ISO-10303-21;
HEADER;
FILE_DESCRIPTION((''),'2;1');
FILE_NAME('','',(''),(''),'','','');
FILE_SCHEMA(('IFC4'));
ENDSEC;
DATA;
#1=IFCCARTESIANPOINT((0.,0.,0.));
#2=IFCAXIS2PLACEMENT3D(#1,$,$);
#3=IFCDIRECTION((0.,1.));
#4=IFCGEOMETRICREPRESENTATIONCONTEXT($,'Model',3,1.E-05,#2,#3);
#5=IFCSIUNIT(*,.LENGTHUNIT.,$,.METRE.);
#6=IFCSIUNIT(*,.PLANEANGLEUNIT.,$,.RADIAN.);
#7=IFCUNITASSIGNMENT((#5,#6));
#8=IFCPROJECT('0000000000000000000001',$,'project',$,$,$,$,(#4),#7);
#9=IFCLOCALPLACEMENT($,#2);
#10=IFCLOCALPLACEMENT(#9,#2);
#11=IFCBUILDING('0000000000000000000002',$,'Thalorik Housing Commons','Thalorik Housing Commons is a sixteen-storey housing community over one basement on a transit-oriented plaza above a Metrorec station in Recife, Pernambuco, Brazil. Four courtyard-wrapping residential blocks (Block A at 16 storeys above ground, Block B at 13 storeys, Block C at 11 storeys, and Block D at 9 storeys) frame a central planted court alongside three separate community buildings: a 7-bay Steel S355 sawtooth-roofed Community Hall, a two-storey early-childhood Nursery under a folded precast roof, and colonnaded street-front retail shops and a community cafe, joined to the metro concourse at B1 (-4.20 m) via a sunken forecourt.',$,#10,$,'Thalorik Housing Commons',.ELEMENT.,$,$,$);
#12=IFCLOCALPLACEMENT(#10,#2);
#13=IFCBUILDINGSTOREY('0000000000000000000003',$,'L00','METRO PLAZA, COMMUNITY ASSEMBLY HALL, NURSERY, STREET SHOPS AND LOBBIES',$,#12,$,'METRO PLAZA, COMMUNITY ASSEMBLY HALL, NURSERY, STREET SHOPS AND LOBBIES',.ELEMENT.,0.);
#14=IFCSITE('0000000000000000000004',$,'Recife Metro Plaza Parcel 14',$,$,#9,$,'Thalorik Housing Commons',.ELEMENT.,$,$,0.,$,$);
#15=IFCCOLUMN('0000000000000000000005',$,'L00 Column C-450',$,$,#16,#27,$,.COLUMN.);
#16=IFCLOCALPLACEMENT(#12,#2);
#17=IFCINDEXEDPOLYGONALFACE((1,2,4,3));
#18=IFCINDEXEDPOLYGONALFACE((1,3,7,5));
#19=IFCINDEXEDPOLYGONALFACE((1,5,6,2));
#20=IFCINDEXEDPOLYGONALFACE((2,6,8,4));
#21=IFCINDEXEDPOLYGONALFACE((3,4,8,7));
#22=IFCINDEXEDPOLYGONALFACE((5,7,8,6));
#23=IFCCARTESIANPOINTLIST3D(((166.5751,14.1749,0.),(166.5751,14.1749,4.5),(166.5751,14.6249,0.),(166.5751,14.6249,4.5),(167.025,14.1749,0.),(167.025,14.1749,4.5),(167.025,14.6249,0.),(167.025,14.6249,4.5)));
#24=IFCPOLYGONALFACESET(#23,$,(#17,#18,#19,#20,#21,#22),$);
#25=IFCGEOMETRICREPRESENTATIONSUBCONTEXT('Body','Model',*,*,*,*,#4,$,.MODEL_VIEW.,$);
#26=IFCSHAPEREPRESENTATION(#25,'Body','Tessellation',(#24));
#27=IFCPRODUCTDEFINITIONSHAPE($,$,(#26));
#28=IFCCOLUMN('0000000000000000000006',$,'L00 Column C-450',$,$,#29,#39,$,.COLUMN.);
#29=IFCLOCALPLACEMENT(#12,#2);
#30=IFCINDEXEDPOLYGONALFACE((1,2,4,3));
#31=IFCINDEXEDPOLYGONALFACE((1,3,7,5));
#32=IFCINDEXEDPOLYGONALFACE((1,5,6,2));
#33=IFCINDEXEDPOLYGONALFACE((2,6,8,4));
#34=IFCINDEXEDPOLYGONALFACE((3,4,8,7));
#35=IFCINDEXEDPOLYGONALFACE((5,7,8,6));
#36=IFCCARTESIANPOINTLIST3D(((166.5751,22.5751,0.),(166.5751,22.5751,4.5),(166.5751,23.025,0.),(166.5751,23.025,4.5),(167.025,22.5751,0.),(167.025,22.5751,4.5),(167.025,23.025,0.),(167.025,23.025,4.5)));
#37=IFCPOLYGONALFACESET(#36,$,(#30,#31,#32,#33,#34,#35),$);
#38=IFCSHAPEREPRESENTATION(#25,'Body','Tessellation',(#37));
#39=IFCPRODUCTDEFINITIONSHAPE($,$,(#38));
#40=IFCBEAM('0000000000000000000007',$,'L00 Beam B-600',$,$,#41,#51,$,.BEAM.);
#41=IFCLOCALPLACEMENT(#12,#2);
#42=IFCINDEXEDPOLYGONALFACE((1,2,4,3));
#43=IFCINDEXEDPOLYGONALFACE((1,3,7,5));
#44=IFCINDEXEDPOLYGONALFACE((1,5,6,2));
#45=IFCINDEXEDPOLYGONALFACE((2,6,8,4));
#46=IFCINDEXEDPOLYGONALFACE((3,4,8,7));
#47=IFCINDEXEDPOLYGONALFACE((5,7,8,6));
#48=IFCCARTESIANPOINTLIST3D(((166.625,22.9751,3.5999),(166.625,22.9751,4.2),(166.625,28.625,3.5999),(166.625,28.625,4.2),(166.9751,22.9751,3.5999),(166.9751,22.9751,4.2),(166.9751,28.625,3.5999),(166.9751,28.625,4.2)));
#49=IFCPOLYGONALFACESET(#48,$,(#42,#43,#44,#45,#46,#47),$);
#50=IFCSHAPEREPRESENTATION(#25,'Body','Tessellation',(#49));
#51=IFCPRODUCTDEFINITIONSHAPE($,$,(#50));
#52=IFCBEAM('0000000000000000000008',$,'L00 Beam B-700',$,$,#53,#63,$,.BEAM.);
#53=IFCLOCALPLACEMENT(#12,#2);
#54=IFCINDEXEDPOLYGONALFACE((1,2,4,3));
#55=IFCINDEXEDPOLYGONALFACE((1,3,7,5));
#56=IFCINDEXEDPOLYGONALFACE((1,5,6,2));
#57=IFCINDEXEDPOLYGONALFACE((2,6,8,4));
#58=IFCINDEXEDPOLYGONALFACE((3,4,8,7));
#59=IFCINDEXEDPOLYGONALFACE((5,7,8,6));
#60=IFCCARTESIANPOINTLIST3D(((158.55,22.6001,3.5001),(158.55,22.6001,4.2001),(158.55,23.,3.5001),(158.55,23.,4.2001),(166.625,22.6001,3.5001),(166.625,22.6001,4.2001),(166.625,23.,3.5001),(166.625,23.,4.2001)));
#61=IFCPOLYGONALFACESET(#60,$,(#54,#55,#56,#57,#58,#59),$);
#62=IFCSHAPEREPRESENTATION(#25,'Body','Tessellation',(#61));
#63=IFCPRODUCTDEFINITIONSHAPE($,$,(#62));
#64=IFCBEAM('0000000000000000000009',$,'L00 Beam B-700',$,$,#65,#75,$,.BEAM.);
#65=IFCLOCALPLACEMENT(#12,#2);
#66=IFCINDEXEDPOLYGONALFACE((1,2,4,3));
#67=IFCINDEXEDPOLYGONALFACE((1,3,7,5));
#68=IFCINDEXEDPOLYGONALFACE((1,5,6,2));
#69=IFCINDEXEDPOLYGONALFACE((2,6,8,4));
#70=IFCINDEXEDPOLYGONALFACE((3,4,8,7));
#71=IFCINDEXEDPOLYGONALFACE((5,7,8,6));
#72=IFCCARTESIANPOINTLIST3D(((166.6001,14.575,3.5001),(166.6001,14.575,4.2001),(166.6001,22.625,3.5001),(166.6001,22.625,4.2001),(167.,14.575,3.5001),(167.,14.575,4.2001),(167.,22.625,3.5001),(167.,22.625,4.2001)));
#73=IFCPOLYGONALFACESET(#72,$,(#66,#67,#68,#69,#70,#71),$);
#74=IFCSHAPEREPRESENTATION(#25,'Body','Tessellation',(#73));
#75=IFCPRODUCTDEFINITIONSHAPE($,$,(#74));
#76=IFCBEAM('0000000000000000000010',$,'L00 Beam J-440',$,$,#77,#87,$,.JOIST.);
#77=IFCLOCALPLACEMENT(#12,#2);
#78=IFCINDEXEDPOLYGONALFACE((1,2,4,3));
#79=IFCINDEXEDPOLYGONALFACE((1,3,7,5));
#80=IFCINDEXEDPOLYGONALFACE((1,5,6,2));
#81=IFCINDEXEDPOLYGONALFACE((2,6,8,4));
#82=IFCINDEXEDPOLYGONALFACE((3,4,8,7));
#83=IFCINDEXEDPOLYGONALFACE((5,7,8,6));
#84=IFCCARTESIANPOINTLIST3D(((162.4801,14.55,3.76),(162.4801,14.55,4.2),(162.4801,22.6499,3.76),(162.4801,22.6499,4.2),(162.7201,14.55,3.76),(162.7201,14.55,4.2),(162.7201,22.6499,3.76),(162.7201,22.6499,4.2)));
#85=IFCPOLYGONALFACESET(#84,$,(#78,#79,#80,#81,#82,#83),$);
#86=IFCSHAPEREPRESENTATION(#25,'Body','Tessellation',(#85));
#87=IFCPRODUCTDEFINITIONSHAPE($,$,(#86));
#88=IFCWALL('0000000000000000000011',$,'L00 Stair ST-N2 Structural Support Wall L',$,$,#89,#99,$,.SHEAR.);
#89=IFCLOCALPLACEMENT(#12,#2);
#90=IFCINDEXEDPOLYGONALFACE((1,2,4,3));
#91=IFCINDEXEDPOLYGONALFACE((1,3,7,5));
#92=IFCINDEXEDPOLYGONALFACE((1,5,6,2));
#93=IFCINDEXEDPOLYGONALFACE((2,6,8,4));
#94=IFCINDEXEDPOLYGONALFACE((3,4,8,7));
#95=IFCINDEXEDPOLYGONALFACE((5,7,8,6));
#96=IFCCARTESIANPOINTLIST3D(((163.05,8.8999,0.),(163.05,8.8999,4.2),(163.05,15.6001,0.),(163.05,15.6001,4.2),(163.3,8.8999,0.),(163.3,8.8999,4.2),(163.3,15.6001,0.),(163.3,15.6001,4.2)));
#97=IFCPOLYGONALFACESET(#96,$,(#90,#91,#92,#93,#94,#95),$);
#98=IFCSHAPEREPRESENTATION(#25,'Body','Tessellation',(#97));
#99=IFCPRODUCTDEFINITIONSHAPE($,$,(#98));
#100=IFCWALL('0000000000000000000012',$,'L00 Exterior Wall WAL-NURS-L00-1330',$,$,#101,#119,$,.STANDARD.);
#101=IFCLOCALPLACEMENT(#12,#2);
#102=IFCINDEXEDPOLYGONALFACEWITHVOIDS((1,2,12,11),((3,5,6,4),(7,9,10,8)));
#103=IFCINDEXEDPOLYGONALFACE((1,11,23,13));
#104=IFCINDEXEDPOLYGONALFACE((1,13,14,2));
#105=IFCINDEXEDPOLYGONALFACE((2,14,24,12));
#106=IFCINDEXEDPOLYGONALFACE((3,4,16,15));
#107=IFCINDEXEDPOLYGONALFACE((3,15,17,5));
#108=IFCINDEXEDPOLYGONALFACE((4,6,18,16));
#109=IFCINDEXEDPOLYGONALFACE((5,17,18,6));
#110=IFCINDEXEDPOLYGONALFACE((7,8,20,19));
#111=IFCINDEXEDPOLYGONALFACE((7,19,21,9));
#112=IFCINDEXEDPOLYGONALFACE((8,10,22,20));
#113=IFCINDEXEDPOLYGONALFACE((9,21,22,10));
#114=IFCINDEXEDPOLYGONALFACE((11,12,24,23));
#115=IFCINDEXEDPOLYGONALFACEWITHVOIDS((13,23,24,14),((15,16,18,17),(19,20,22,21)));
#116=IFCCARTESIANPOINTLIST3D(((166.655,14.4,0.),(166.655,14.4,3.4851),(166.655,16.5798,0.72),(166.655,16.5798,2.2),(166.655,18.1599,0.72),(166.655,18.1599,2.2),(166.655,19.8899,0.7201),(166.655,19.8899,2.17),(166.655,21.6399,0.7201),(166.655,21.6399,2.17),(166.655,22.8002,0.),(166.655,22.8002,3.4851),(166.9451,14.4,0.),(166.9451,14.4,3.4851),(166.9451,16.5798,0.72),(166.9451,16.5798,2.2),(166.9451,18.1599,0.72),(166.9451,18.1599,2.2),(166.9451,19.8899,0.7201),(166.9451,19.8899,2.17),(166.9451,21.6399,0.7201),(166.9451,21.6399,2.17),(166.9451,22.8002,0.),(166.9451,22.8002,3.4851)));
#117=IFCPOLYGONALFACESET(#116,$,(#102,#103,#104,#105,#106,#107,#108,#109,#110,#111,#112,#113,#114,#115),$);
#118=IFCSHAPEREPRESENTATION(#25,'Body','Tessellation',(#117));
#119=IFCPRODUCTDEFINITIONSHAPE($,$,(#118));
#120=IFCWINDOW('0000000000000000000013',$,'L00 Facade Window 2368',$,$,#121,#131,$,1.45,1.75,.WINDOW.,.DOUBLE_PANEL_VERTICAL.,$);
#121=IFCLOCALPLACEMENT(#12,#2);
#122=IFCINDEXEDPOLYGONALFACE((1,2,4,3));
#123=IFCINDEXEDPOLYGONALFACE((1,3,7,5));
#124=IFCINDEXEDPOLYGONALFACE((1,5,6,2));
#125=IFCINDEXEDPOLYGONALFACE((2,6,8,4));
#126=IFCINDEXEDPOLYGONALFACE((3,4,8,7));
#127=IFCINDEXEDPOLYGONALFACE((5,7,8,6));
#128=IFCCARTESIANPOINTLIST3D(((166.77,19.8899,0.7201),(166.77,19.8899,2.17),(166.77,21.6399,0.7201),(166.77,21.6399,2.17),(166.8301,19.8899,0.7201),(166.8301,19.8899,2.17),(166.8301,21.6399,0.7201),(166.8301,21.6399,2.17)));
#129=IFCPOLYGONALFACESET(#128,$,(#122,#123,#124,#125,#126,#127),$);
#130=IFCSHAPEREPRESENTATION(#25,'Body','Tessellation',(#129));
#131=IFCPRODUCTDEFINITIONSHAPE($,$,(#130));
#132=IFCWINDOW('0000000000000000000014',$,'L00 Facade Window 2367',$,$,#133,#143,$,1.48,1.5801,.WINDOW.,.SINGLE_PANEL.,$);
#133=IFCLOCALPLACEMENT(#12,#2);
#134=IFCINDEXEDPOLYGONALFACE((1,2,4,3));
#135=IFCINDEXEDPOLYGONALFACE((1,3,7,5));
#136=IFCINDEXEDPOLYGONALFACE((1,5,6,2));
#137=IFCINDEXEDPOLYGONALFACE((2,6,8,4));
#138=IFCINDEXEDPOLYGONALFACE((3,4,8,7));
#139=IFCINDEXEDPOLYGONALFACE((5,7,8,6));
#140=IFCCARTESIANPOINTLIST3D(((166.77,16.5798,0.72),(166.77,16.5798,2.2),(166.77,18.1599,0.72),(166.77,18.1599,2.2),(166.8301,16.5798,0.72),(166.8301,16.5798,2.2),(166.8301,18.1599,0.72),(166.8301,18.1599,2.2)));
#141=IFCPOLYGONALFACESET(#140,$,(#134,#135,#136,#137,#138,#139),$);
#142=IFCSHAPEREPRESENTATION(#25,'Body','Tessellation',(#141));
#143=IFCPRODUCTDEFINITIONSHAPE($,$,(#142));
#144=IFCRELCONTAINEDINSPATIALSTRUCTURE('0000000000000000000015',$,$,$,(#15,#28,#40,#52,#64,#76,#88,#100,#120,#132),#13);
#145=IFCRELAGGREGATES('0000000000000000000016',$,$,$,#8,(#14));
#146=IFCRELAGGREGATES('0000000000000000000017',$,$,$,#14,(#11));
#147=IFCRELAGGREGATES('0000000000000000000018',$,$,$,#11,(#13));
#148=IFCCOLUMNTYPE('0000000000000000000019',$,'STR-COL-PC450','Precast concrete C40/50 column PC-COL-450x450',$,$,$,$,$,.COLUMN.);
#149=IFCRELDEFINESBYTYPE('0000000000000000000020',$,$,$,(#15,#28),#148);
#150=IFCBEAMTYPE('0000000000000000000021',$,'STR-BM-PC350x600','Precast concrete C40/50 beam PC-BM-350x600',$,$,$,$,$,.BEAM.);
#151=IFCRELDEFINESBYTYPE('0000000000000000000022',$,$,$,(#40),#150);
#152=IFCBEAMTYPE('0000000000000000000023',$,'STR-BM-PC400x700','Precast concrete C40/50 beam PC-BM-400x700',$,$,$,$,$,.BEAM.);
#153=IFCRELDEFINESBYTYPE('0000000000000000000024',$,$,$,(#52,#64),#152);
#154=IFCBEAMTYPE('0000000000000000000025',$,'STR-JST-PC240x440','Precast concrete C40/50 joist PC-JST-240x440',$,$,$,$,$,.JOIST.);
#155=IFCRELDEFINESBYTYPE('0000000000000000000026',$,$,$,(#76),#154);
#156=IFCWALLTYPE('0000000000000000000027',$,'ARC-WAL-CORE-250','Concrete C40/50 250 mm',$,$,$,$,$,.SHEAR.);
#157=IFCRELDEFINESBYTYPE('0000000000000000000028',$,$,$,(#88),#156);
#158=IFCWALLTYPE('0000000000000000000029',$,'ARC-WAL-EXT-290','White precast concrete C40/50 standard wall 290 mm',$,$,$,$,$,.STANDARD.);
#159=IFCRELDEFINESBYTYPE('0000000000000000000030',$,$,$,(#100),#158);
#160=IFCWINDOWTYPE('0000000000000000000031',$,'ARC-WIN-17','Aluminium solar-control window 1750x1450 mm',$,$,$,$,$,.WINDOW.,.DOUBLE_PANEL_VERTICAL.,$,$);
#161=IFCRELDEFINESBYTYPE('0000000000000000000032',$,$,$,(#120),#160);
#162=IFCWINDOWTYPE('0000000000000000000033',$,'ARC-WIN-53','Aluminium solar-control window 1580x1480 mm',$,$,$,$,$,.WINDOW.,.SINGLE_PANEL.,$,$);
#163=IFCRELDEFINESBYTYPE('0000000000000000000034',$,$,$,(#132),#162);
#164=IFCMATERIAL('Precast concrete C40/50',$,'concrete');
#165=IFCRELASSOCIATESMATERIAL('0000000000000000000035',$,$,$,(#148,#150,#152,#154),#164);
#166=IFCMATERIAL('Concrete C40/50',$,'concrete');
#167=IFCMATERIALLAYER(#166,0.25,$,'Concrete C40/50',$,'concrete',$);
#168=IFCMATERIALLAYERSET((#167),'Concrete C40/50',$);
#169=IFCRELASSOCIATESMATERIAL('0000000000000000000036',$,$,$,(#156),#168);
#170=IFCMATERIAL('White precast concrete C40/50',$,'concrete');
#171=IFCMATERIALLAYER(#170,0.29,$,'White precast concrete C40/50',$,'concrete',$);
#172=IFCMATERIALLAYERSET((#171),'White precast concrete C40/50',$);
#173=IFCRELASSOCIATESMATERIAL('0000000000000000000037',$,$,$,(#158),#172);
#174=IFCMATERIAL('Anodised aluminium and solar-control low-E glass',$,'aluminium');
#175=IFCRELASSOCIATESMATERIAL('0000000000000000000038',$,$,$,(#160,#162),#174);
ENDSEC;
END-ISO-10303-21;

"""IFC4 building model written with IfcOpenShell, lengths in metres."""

from ifc_helpers import new_model, si_unit, direction, frame, frame_2d, origin, origin_2d, place, context, subcontext, project, spatial, rectangle, extrude, material, layer, layer_set, material_profile, profile_set, type_object, element, fill, save


model = new_model("IFC4")

# Units and contexts
model_context = context("Model", 3, precision=1e-05, world=origin(), true_north=direction((0.0, 1.0)))
body_context = subcontext(model_context, "Body", "Model", "MODEL_VIEW")
ifc_project = project(units=[si_unit("LENGTHUNIT", "METRE"), si_unit("PLANEANGLEUNIT", "RADIAN")], contexts=[model_context])

# Site, building, storey
site_placement = place(None, origin())
site = spatial("IfcSite", under=ifc_project, at=site_placement, Name="Recife Metro Plaza Parcel 14", LongName="Thalorik Housing Commons", CompositionType="ELEMENT", RefElevation=0.0)
building_placement = place(site_placement, origin())
building = spatial("IfcBuilding", under=site, at=building_placement, Name="Thalorik Housing Commons", Description="Thalorik Housing Commons is a sixteen-storey housing community over one basement on a transit-oriented plaza above a Metrorec station in Recife, Pernambuco, Brazil. Four courtyard-wrapping residential blocks (Block A at 16 storeys above ground, Block B at 13 storeys, Block C at 11 storeys, and Block D at 9 storeys) frame a central planted court alongside three separate community buildings: a 7-bay Steel S355 sawtooth-roofed Community Hall, a two-storey early-childhood Nursery under a folded precast roof, and colonnaded street-front retail shops and a community cafe, joined to the metro concourse at B1 (-4.20 m) via a sunken forecourt.", LongName="Thalorik Housing Commons", CompositionType="ELEMENT")
storey_placement = place(building_placement, origin())
storey = spatial("IfcBuildingStorey", under=building, at=storey_placement, Name="L00", Description="METRO PLAZA, COMMUNITY ASSEMBLY HALL, NURSERY, STREET SHOPS AND LOBBIES", LongName="METRO PLAZA, COMMUNITY ASSEMBLY HALL, NURSERY, STREET SHOPS AND LOBBIES", CompositionType="ELEMENT", Elevation=0.0)

# Columns
ifc_material_1 = material(Name="Precast concrete C40/50", Category="concrete")
ifc_material_profile_1 = material_profile(ifc_material_1, rectangle(XDim=0.45, YDim=0.45, at=origin_2d()), Name="PC 450x450", Category="concrete")
ifc_profile_set_1 = profile_set([ifc_material_profile_1], Name="Precast concrete C40/50")
column_type = type_object("IfcColumnType", Name="STR-COL-PC450", Description="Precast concrete C40/50 column PC-COL-450x450", PredefinedType="COLUMN", material=ifc_profile_set_1)
for number, where, z_axis, x_axis, name in (
    (1, (166.8, 14.3999, 0.0), (0.0, 0.0, 1.0), (1.0, 0.0, 0.0), "L00 Column C-450"),
    (2, (166.8, 22.8, 0.0), (0.0, 0.0, 1.0), (1.0, 0.0, 0.0), "L00 Column C-450"),
):
    element("IfcColumn", number, at=place(storey_placement, frame(where, z_axis=z_axis, x_axis=x_axis)), inside=storey, type_object=column_type, Name=name, PredefinedType="COLUMN", context=body_context, shape_type="SweptSolid", body=[
        extrude(rectangle(XDim=0.45, YDim=0.45, at=origin_2d()), origin(), (0.0, 0.0, 1.0), 4.5),
    ])

# Beams
ifc_material_profile_2 = material_profile(ifc_material_1, rectangle(XDim=0.3501, YDim=0.6001, at=origin_2d()), Name="PC 350x600", Category="concrete")
ifc_profile_set_2 = profile_set([ifc_material_profile_2], Name="Precast concrete C40/50")
beam_type_1 = type_object("IfcBeamType", Name="STR-BM-PC350x600", Description="Precast concrete C40/50 beam PC-BM-350x600", PredefinedType="BEAM", material=ifc_profile_set_2)
beam_1_placement = place(storey_placement, frame((166.8, 22.9751, 3.8999), z_axis=(0.0, 1.0, 0.0), x_axis=(-1.0, 0.0, 0.0)))
element("IfcBeam", 3, at=beam_1_placement, inside=storey, type_object=beam_type_1, Name="L00 Beam B-600", PredefinedType="BEAM", context=body_context, shape_type="SweptSolid", body=[
    extrude(rectangle(XDim=0.3501, YDim=0.6001, at=origin_2d()), origin(), (0.0, 0.0, 1.0), 5.6499),
])
ifc_material_profile_3 = material_profile(ifc_material_1, rectangle(XDim=0.3999, YDim=0.7, at=origin_2d()), Name="PC 400x700", Category="concrete")
ifc_profile_set_3 = profile_set([ifc_material_profile_3], Name="Precast concrete C40/50")
beam_type_2 = type_object("IfcBeamType", Name="STR-BM-PC400x700", Description="Precast concrete C40/50 beam PC-BM-400x700", PredefinedType="BEAM", material=ifc_profile_set_3)
beam_2_placement = place(storey_placement, frame((158.55, 22.8, 3.8501), z_axis=(1.0, 0.0, 0.0), x_axis=(0.0, 1.0, 0.0)))
element("IfcBeam", 4, at=beam_2_placement, inside=storey, type_object=beam_type_2, Name="L00 Beam B-700", PredefinedType="BEAM", context=body_context, shape_type="SweptSolid", body=[
    extrude(rectangle(XDim=0.3999, YDim=0.7, at=origin_2d()), origin(), (0.0, 0.0, 1.0), 8.075),
])
beam_3_placement = place(storey_placement, frame((166.8, 14.575, 3.8501), z_axis=(0.0, 1.0, 0.0), x_axis=(-1.0, 0.0, 0.0)))
element("IfcBeam", 5, at=beam_3_placement, inside=storey, type_object=beam_type_2, Name="L00 Beam B-700", PredefinedType="BEAM", context=body_context, shape_type="SweptSolid", body=[
    extrude(rectangle(XDim=0.3999, YDim=0.7, at=origin_2d()), origin(), (0.0, 0.0, 1.0), 8.05),
])
ifc_material_profile_4 = material_profile(ifc_material_1, rectangle(XDim=0.24, YDim=0.4399, at=origin_2d()), Name="PC JST 240x440", Category="concrete")
ifc_profile_set_4 = profile_set([ifc_material_profile_4], Name="Precast concrete C40/50")
beam_type_3 = type_object("IfcBeamType", Name="STR-JST-PC240x440", Description="Precast concrete C40/50 joist PC-JST-240x440", PredefinedType="JOIST", material=ifc_profile_set_4)
beam_4_placement = place(storey_placement, frame((162.6001, 14.55, 3.98), z_axis=(0.0, 1.0, 0.0), x_axis=(-1.0, 0.0, 0.0)))
element("IfcBeam", 6, at=beam_4_placement, inside=storey, type_object=beam_type_3, Name="L00 Beam J-440", PredefinedType="JOIST", context=body_context, shape_type="SweptSolid", body=[
    extrude(rectangle(XDim=0.24, YDim=0.4399, at=origin_2d()), origin(), (0.0, 0.0, 1.0), 8.0999),
])

# Wall
ifc_material_2 = material(Name="Concrete C40/50", Category="concrete")
ifc_layer_1 = layer(ifc_material_2, 0.25, Name="Concrete C40/50", Category="concrete")
ifc_layer_set_1 = layer_set([ifc_layer_1], Name="Concrete C40/50")
wall_type_1 = type_object("IfcWallType", Name="ARC-WAL-CORE-250", Description="Concrete C40/50 250 mm", PredefinedType="SHEAR", material=ifc_layer_set_1)
wall_1_placement = place(storey_placement, frame((163.175, 15.6001, 0.0), z_axis=(0.0, 0.0, 1.0), x_axis=(0.0, -1.0, 0.0)))
element("IfcWall", 7, at=wall_1_placement, inside=storey, type_object=wall_type_1, Name="L00 Stair ST-N2 Structural Support Wall L", PredefinedType="SHEAR", context=body_context, shape_type="SweptSolid", body=[
    extrude(rectangle(XDim=6.7002, YDim=0.25, at=frame_2d((3.3501, 0.0))), origin(), (0.0, 0.0, 1.0), 4.2),
])

# Wall, openings, windows
ifc_material_3 = material(Name="White precast concrete C40/50", Category="concrete")
ifc_layer_2 = layer(ifc_material_3, 0.29, Name="White precast concrete C40/50", Category="concrete")
ifc_layer_set_2 = layer_set([ifc_layer_2], Name="White precast concrete C40/50")
wall_type_2 = type_object("IfcWallType", Name="ARC-WAL-EXT-290", Description="White precast concrete C40/50 standard wall 290 mm", PredefinedType="STANDARD", material=ifc_layer_set_2)
wall_2_placement = place(storey_placement, frame((166.8, 14.3999, 0.0), z_axis=(0.0, 0.0, 1.0), x_axis=(0.0, 1.0, 0.0)))
wall_2 = element("IfcWall", 8, at=wall_2_placement, inside=storey, type_object=wall_type_2, Name="L00 Exterior Wall WAL-NURS-L00-1330", PredefinedType="STANDARD", context=body_context, shape_type="SweptSolid", body=[
    extrude(rectangle(XDim=8.4001, YDim=0.29, at=frame_2d((4.2002, 0.0))), origin(), (0.0, 0.0, 1.0), 3.4851),
])
opening_1_placement = place(wall_2_placement, frame((2.1799, 0.0, 0.72)))
opening_1 = element("IfcOpeningElement", 9, at=opening_1_placement, cuts=wall_2, PredefinedType="OPENING", context=body_context, shape_type="SweptSolid", body=[
    extrude(rectangle(XDim=1.5801, YDim=1.48, at=frame_2d((0.79, 0.74))), frame((0.0, 0.155, 0.0), z_axis=(0.0, -1.0, 0.0), x_axis=(1.0, 0.0, 0.0)), (0.0, 0.0, 1.0), 0.3101),
])
opening_2_placement = place(wall_2_placement, frame((5.49, 0.0, 0.72)))
opening_2 = element("IfcOpeningElement", 10, at=opening_2_placement, cuts=wall_2, PredefinedType="OPENING", context=body_context, shape_type="SweptSolid", body=[
    extrude(rectangle(XDim=1.75, YDim=1.45, at=frame_2d((0.875, 0.7251))), frame((0.0, 0.155, 0.0), z_axis=(0.0, -1.0, 0.0), x_axis=(1.0, 0.0, 0.0)), (0.0, 0.0, 1.0), 0.3101),
])
ifc_material_4 = material(Name="Anodised aluminium and solar-control low-E glass", Category="aluminium")
window_type_1 = type_object("IfcWindowType", Name="ARC-WIN-17", Description="Aluminium solar-control window 1750x1450 mm", PartitioningType="DOUBLE_PANEL_VERTICAL", PredefinedType="WINDOW", material=ifc_material_4)
window_1_placement = place(opening_2_placement, origin())
window_1 = element("IfcWindow", 11, at=window_1_placement, inside=storey, type_object=window_type_1, Name="L00 Facade Window 2368", OverallHeight=1.45, OverallWidth=1.75, PartitioningType="DOUBLE_PANEL_VERTICAL", PredefinedType="WINDOW", context=body_context, shape_type="SweptSolid", body=[
    extrude(rectangle(XDim=1.75, YDim=1.45, at=frame_2d((0.875, 0.7251))), frame((0.0, 0.03, 0.0), z_axis=(0.0, -1.0, 0.0), x_axis=(1.0, 0.0, 0.0)), (0.0, 0.0, 1.0), 0.0601),
])
fill(opening_2, window_1)
window_type_2 = type_object("IfcWindowType", Name="ARC-WIN-53", Description="Aluminium solar-control window 1580x1480 mm", PartitioningType="SINGLE_PANEL", PredefinedType="WINDOW", material=ifc_material_4)
window_2_placement = place(opening_1_placement, origin())
window_2 = element("IfcWindow", 12, at=window_2_placement, inside=storey, type_object=window_type_2, Name="L00 Facade Window 2367", OverallHeight=1.48, OverallWidth=1.5801, PartitioningType="SINGLE_PANEL", PredefinedType="WINDOW", context=body_context, shape_type="SweptSolid", body=[
    extrude(rectangle(XDim=1.5801, YDim=1.48, at=frame_2d((0.79, 0.74))), frame((0.0, 0.03, 0.0), z_axis=(0.0, -1.0, 0.0), x_axis=(1.0, 0.0, 0.0)), (0.0, 0.0, 1.0), 0.0601),
])
fill(opening_1, window_2)

save(model, "model.ifc")
